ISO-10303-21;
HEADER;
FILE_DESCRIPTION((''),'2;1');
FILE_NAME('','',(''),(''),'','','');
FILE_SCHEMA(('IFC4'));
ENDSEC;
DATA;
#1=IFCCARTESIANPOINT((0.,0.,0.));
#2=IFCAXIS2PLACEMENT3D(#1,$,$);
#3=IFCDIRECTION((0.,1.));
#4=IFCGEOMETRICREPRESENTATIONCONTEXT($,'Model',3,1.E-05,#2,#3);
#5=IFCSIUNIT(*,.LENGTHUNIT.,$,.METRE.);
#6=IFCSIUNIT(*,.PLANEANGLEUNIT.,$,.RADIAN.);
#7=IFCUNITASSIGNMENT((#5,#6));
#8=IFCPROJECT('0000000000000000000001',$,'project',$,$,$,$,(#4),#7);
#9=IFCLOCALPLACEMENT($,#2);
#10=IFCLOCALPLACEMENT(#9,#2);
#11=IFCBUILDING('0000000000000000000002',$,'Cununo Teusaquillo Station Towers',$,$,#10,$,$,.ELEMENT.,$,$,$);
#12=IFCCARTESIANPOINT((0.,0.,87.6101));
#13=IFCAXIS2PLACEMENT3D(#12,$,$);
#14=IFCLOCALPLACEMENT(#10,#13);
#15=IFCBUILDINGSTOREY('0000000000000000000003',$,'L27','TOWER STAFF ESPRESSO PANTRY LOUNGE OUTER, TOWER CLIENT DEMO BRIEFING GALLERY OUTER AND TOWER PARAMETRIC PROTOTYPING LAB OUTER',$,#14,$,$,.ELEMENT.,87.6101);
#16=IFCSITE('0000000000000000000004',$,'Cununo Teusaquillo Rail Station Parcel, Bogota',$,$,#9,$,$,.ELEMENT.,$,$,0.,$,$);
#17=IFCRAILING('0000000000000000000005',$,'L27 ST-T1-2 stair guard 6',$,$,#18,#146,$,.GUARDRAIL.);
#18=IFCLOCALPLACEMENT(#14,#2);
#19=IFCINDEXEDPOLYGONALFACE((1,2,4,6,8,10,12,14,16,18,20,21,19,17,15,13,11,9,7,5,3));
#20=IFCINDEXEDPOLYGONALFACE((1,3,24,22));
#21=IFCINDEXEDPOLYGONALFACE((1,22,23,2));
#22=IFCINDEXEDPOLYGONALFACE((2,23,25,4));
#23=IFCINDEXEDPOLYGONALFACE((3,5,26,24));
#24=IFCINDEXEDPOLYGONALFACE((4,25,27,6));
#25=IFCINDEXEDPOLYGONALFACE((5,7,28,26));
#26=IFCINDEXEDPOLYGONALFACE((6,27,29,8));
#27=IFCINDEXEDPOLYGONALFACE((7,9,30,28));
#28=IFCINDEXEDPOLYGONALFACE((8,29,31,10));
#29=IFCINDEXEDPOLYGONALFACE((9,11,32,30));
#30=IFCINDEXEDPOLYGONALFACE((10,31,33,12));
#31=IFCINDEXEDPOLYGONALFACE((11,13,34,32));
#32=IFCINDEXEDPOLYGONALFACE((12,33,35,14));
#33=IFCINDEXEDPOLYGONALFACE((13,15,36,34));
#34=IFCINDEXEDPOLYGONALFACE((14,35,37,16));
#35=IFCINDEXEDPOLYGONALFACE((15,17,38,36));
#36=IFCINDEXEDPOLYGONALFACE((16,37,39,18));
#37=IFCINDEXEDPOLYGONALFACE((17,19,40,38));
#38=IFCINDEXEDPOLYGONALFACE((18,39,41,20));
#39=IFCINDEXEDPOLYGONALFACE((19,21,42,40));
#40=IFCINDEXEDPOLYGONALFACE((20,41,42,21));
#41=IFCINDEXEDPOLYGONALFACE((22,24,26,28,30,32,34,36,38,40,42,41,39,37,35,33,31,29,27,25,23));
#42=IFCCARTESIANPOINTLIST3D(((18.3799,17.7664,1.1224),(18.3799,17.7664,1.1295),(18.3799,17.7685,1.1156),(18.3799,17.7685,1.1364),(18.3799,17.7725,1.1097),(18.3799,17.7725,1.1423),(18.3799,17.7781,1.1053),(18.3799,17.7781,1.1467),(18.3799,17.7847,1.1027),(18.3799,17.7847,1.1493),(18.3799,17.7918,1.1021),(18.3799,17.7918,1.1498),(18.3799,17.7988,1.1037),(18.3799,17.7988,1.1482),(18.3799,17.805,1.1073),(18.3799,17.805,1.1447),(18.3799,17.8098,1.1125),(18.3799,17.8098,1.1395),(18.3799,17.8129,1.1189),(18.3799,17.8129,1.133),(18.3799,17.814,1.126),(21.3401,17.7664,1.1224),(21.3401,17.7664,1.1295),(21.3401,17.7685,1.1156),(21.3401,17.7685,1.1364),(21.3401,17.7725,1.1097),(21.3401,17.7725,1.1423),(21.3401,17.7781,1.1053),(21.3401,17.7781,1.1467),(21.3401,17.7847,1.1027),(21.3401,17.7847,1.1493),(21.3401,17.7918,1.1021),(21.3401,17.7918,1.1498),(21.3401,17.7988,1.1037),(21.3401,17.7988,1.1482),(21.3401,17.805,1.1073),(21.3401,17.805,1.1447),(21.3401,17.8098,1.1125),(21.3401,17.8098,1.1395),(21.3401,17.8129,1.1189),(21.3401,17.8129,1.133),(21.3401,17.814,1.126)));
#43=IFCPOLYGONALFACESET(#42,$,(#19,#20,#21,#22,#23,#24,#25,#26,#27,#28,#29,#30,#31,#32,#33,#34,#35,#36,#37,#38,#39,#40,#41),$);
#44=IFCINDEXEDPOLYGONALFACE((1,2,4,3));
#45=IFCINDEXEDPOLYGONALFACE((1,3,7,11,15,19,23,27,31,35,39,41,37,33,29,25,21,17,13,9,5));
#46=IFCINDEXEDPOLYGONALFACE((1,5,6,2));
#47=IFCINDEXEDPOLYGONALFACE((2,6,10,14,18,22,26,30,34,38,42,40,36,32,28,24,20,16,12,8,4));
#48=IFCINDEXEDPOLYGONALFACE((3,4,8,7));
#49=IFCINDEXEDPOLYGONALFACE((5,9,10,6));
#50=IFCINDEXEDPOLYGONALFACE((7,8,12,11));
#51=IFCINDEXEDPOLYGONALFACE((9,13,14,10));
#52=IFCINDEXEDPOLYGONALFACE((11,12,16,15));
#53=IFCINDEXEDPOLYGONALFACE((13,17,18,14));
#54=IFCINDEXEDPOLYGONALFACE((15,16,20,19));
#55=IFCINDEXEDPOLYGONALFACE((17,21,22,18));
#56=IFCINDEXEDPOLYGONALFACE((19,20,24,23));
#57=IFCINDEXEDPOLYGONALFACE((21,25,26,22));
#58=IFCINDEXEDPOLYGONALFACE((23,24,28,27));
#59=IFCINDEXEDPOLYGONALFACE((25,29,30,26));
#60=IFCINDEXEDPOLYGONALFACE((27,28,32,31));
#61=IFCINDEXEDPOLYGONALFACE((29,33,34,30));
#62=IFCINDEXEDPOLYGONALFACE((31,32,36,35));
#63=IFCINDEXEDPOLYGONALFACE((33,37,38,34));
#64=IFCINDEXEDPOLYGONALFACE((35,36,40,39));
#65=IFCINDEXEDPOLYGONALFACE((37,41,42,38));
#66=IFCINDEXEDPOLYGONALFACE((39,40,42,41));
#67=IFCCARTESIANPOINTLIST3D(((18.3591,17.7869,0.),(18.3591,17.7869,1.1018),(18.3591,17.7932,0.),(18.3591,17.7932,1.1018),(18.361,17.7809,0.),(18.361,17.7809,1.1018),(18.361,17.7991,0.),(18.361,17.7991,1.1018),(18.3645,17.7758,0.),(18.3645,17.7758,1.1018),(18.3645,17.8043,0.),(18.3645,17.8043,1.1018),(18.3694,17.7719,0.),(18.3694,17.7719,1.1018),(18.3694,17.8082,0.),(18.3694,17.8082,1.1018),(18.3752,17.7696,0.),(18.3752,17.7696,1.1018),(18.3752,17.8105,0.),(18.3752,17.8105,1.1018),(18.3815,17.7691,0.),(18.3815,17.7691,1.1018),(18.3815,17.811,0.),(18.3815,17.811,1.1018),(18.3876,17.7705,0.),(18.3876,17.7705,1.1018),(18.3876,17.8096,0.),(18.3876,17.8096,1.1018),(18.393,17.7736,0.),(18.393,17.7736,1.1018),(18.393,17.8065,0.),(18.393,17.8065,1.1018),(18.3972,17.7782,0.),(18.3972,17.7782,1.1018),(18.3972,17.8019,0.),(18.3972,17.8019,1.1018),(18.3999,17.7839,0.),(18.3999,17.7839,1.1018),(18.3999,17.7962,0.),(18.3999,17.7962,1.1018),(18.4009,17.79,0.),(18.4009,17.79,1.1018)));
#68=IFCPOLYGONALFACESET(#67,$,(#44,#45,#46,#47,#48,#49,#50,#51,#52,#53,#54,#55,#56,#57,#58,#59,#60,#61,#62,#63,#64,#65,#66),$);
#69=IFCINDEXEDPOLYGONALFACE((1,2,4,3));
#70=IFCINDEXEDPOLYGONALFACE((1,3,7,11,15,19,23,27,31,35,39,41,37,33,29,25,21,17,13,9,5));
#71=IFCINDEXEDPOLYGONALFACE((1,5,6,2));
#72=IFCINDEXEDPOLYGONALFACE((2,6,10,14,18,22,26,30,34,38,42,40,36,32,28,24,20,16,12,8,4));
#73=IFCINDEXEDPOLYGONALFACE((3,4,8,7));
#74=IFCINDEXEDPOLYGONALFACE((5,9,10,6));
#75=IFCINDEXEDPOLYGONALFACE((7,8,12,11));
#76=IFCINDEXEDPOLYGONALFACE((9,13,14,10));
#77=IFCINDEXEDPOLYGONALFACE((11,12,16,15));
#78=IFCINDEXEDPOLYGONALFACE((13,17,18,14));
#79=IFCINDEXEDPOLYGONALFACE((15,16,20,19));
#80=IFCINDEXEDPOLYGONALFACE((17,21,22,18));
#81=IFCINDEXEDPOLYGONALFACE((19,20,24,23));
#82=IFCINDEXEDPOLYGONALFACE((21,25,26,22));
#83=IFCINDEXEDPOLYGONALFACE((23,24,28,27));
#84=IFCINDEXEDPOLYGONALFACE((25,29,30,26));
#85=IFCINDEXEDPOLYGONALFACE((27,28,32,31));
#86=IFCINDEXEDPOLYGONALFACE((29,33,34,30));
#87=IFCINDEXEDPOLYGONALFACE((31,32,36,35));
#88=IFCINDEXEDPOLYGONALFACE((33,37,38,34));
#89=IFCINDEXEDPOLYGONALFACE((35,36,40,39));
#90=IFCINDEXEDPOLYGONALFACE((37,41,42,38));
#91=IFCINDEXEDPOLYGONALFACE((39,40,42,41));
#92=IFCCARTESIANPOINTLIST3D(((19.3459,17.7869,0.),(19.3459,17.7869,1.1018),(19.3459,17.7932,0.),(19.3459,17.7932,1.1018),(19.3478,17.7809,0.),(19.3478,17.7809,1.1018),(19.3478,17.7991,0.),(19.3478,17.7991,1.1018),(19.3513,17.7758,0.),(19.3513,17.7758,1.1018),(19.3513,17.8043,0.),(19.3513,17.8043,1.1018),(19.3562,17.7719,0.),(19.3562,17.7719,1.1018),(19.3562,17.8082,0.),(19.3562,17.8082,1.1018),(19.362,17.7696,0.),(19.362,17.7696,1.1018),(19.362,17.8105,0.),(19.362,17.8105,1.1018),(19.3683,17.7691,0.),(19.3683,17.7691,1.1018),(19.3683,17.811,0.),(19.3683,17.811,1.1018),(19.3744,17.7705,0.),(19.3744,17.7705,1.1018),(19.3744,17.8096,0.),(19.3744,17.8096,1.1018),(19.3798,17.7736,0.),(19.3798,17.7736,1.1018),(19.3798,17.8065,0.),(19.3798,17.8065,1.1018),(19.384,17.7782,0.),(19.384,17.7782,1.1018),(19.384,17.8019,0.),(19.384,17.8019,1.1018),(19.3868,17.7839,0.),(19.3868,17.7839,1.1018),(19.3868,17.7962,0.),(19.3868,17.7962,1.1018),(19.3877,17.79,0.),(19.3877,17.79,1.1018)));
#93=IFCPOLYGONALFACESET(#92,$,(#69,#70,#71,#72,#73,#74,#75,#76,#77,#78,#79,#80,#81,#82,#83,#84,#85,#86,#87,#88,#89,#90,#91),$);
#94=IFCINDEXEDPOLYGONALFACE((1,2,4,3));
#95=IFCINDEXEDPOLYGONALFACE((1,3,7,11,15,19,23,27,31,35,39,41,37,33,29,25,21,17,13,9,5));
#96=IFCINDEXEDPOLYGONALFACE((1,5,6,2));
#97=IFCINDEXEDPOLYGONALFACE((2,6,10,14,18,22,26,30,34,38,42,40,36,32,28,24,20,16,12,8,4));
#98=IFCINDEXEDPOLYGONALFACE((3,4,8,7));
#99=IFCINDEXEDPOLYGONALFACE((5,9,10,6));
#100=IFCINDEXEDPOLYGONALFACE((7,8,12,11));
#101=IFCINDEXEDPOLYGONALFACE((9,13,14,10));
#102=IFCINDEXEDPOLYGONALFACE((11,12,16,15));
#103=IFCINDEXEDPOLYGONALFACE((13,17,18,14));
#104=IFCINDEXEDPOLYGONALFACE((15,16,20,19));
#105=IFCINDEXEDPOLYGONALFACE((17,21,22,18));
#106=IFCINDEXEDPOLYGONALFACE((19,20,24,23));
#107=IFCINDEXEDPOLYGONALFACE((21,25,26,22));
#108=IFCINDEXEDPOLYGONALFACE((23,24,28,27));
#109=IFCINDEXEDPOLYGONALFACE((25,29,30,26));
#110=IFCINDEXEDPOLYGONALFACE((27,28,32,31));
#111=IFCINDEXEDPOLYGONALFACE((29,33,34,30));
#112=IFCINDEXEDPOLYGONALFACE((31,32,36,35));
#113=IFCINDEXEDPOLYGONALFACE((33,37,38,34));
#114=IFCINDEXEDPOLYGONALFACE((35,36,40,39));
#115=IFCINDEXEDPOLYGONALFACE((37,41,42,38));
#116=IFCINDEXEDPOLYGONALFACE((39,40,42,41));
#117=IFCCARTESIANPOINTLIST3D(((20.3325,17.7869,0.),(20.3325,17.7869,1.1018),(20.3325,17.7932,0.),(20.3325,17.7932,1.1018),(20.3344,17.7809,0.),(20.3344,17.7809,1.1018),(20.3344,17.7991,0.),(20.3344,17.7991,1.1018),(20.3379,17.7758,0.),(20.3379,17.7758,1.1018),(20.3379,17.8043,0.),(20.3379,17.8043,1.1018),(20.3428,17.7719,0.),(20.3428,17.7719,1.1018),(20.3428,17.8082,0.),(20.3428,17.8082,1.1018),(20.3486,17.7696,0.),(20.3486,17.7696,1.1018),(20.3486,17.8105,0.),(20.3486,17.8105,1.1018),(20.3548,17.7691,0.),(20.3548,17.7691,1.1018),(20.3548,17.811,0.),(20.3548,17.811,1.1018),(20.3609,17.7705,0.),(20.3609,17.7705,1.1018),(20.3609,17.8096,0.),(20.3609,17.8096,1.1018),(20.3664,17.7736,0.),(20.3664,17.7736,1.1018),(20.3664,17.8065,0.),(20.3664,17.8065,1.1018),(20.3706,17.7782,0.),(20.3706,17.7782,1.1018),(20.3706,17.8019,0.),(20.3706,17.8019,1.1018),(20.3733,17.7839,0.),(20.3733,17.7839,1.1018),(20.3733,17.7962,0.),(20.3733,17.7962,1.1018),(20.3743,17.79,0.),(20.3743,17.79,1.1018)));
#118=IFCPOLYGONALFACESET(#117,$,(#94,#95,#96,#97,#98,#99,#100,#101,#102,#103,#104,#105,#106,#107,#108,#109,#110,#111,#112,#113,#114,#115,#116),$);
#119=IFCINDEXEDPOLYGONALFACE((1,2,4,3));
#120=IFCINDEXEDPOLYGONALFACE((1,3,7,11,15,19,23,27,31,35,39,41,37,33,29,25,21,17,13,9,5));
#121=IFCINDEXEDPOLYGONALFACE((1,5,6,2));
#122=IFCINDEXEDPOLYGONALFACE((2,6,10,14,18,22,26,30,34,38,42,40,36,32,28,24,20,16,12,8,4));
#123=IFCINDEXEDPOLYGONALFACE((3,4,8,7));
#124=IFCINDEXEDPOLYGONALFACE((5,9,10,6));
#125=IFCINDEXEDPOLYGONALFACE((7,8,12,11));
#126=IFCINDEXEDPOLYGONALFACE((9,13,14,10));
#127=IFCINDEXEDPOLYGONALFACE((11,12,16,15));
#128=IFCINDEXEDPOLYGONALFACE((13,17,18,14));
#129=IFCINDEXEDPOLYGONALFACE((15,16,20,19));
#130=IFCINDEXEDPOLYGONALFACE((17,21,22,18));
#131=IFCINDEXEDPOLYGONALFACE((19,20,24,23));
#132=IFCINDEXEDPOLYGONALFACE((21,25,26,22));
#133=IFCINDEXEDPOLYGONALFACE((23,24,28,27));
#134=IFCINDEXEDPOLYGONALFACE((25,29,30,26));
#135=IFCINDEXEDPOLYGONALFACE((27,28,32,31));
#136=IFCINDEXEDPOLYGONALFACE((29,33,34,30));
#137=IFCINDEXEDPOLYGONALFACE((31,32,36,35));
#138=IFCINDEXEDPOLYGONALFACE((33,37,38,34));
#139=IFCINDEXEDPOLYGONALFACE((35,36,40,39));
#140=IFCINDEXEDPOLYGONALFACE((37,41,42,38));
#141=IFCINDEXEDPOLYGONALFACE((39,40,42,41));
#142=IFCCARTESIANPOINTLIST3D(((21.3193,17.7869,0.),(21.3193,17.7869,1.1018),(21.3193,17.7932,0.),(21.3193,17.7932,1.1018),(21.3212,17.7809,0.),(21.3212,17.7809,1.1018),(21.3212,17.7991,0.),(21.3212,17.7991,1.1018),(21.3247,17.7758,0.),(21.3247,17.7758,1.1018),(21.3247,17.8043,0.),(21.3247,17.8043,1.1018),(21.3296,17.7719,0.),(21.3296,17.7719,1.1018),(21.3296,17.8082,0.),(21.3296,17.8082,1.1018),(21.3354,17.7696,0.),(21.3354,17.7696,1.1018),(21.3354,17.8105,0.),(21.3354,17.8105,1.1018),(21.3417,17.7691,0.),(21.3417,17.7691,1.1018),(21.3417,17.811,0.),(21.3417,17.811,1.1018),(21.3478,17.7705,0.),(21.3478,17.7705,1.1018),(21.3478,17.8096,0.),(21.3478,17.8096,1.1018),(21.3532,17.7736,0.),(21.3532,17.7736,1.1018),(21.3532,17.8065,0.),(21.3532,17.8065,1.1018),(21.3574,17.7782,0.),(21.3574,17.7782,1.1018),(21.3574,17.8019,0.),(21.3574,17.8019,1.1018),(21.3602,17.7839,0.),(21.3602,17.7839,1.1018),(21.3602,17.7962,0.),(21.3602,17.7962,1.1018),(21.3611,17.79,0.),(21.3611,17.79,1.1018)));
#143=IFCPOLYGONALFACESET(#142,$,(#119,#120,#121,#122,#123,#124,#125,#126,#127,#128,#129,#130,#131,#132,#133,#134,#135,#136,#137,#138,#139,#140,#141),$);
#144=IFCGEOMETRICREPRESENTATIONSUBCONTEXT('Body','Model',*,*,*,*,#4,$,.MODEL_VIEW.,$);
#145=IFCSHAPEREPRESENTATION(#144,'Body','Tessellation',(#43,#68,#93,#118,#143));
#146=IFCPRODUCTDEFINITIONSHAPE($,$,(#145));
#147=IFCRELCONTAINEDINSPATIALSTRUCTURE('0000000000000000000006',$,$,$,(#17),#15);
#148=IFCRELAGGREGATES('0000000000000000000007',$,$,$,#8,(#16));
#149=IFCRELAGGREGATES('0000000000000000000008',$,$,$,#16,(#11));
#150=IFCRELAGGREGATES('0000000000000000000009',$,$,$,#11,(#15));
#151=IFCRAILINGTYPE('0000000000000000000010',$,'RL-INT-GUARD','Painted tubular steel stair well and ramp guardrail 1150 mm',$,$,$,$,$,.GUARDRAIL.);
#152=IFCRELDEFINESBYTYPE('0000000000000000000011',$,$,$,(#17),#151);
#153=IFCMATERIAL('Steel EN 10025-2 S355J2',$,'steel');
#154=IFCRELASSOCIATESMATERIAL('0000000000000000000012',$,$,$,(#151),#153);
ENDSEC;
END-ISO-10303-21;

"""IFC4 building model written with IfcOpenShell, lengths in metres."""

from ifc_helpers import new_model, si_unit, direction, frame, origin, origin_2d, place, context, subcontext, project, spatial, circle, extrude, material, type_object, element, save


model = new_model("IFC4")

# Units and contexts
model_context = context("Model", 3, precision=1e-05, world=origin(), true_north=direction((0.0, 1.0)))
body_context = subcontext(model_context, "Body", "Model", "MODEL_VIEW")
ifc_project = project(units=[si_unit("LENGTHUNIT", "METRE"), si_unit("PLANEANGLEUNIT", "RADIAN")], contexts=[model_context])

# Site, building, storey
site_placement = place(None, origin())
site = spatial("IfcSite", under=ifc_project, at=site_placement, Name="Cununo Teusaquillo Rail Station Parcel, Bogota", CompositionType="ELEMENT", RefElevation=0.0)
building_placement = place(site_placement, origin())
building = spatial("IfcBuilding", under=site, at=building_placement, Name="Cununo Teusaquillo Station Towers", CompositionType="ELEMENT")
storey_placement = place(building_placement, frame((0.0, 0.0, 87.6101)))
storey = spatial("IfcBuildingStorey", under=building, at=storey_placement, Name="L27", Description="TOWER STAFF ESPRESSO PANTRY LOUNGE OUTER, TOWER CLIENT DEMO BRIEFING GALLERY OUTER AND TOWER PARAMETRIC PROTOTYPING LAB OUTER", CompositionType="ELEMENT", Elevation=87.6101)

# Railing
ifc_material_1 = material(Name="Steel EN 10025-2 S355J2", Category="steel")
railing_type_1 = type_object("IfcRailingType", Name="RL-INT-GUARD", Description="Painted tubular steel stair well and ramp guardrail 1150 mm", PredefinedType="GUARDRAIL", material=ifc_material_1)
railing_1_placement = place(storey_placement, frame((18.3799, 17.79, 0.0)))
element("IfcRailing", 1, at=railing_1_placement, inside=storey, type_object=railing_type_1, Name="L27 ST-T1-2 stair guard 6", PredefinedType="GUARDRAIL", context=body_context, shape_type="SweptSolid", body=[
    extrude(circle(Radius=0.0239, at=origin_2d()), frame((0.0, 0.0, 1.126), z_axis=(1.0, 0.0, 0.0), x_axis=(0.0, 1.0, 0.0)), (0.0, 0.0, 1.0), 2.9602),
    extrude(circle(Radius=0.021, at=origin_2d()), origin(), (0.0, 0.0, 1.0), 1.1018),
    extrude(circle(Radius=0.021, at=origin_2d()), frame((0.9868, 0.0, 0.0)), (0.0, 0.0, 1.0), 1.1018),
    extrude(circle(Radius=0.021, at=origin_2d()), frame((1.9734, 0.0, 0.0)), (0.0, 0.0, 1.0), 1.1018),
    extrude(circle(Radius=0.021, at=origin_2d()), frame((2.9602, 0.0, 0.0)), (0.0, 0.0, 1.0), 1.1018),
])

save(model, "model.ifc")
